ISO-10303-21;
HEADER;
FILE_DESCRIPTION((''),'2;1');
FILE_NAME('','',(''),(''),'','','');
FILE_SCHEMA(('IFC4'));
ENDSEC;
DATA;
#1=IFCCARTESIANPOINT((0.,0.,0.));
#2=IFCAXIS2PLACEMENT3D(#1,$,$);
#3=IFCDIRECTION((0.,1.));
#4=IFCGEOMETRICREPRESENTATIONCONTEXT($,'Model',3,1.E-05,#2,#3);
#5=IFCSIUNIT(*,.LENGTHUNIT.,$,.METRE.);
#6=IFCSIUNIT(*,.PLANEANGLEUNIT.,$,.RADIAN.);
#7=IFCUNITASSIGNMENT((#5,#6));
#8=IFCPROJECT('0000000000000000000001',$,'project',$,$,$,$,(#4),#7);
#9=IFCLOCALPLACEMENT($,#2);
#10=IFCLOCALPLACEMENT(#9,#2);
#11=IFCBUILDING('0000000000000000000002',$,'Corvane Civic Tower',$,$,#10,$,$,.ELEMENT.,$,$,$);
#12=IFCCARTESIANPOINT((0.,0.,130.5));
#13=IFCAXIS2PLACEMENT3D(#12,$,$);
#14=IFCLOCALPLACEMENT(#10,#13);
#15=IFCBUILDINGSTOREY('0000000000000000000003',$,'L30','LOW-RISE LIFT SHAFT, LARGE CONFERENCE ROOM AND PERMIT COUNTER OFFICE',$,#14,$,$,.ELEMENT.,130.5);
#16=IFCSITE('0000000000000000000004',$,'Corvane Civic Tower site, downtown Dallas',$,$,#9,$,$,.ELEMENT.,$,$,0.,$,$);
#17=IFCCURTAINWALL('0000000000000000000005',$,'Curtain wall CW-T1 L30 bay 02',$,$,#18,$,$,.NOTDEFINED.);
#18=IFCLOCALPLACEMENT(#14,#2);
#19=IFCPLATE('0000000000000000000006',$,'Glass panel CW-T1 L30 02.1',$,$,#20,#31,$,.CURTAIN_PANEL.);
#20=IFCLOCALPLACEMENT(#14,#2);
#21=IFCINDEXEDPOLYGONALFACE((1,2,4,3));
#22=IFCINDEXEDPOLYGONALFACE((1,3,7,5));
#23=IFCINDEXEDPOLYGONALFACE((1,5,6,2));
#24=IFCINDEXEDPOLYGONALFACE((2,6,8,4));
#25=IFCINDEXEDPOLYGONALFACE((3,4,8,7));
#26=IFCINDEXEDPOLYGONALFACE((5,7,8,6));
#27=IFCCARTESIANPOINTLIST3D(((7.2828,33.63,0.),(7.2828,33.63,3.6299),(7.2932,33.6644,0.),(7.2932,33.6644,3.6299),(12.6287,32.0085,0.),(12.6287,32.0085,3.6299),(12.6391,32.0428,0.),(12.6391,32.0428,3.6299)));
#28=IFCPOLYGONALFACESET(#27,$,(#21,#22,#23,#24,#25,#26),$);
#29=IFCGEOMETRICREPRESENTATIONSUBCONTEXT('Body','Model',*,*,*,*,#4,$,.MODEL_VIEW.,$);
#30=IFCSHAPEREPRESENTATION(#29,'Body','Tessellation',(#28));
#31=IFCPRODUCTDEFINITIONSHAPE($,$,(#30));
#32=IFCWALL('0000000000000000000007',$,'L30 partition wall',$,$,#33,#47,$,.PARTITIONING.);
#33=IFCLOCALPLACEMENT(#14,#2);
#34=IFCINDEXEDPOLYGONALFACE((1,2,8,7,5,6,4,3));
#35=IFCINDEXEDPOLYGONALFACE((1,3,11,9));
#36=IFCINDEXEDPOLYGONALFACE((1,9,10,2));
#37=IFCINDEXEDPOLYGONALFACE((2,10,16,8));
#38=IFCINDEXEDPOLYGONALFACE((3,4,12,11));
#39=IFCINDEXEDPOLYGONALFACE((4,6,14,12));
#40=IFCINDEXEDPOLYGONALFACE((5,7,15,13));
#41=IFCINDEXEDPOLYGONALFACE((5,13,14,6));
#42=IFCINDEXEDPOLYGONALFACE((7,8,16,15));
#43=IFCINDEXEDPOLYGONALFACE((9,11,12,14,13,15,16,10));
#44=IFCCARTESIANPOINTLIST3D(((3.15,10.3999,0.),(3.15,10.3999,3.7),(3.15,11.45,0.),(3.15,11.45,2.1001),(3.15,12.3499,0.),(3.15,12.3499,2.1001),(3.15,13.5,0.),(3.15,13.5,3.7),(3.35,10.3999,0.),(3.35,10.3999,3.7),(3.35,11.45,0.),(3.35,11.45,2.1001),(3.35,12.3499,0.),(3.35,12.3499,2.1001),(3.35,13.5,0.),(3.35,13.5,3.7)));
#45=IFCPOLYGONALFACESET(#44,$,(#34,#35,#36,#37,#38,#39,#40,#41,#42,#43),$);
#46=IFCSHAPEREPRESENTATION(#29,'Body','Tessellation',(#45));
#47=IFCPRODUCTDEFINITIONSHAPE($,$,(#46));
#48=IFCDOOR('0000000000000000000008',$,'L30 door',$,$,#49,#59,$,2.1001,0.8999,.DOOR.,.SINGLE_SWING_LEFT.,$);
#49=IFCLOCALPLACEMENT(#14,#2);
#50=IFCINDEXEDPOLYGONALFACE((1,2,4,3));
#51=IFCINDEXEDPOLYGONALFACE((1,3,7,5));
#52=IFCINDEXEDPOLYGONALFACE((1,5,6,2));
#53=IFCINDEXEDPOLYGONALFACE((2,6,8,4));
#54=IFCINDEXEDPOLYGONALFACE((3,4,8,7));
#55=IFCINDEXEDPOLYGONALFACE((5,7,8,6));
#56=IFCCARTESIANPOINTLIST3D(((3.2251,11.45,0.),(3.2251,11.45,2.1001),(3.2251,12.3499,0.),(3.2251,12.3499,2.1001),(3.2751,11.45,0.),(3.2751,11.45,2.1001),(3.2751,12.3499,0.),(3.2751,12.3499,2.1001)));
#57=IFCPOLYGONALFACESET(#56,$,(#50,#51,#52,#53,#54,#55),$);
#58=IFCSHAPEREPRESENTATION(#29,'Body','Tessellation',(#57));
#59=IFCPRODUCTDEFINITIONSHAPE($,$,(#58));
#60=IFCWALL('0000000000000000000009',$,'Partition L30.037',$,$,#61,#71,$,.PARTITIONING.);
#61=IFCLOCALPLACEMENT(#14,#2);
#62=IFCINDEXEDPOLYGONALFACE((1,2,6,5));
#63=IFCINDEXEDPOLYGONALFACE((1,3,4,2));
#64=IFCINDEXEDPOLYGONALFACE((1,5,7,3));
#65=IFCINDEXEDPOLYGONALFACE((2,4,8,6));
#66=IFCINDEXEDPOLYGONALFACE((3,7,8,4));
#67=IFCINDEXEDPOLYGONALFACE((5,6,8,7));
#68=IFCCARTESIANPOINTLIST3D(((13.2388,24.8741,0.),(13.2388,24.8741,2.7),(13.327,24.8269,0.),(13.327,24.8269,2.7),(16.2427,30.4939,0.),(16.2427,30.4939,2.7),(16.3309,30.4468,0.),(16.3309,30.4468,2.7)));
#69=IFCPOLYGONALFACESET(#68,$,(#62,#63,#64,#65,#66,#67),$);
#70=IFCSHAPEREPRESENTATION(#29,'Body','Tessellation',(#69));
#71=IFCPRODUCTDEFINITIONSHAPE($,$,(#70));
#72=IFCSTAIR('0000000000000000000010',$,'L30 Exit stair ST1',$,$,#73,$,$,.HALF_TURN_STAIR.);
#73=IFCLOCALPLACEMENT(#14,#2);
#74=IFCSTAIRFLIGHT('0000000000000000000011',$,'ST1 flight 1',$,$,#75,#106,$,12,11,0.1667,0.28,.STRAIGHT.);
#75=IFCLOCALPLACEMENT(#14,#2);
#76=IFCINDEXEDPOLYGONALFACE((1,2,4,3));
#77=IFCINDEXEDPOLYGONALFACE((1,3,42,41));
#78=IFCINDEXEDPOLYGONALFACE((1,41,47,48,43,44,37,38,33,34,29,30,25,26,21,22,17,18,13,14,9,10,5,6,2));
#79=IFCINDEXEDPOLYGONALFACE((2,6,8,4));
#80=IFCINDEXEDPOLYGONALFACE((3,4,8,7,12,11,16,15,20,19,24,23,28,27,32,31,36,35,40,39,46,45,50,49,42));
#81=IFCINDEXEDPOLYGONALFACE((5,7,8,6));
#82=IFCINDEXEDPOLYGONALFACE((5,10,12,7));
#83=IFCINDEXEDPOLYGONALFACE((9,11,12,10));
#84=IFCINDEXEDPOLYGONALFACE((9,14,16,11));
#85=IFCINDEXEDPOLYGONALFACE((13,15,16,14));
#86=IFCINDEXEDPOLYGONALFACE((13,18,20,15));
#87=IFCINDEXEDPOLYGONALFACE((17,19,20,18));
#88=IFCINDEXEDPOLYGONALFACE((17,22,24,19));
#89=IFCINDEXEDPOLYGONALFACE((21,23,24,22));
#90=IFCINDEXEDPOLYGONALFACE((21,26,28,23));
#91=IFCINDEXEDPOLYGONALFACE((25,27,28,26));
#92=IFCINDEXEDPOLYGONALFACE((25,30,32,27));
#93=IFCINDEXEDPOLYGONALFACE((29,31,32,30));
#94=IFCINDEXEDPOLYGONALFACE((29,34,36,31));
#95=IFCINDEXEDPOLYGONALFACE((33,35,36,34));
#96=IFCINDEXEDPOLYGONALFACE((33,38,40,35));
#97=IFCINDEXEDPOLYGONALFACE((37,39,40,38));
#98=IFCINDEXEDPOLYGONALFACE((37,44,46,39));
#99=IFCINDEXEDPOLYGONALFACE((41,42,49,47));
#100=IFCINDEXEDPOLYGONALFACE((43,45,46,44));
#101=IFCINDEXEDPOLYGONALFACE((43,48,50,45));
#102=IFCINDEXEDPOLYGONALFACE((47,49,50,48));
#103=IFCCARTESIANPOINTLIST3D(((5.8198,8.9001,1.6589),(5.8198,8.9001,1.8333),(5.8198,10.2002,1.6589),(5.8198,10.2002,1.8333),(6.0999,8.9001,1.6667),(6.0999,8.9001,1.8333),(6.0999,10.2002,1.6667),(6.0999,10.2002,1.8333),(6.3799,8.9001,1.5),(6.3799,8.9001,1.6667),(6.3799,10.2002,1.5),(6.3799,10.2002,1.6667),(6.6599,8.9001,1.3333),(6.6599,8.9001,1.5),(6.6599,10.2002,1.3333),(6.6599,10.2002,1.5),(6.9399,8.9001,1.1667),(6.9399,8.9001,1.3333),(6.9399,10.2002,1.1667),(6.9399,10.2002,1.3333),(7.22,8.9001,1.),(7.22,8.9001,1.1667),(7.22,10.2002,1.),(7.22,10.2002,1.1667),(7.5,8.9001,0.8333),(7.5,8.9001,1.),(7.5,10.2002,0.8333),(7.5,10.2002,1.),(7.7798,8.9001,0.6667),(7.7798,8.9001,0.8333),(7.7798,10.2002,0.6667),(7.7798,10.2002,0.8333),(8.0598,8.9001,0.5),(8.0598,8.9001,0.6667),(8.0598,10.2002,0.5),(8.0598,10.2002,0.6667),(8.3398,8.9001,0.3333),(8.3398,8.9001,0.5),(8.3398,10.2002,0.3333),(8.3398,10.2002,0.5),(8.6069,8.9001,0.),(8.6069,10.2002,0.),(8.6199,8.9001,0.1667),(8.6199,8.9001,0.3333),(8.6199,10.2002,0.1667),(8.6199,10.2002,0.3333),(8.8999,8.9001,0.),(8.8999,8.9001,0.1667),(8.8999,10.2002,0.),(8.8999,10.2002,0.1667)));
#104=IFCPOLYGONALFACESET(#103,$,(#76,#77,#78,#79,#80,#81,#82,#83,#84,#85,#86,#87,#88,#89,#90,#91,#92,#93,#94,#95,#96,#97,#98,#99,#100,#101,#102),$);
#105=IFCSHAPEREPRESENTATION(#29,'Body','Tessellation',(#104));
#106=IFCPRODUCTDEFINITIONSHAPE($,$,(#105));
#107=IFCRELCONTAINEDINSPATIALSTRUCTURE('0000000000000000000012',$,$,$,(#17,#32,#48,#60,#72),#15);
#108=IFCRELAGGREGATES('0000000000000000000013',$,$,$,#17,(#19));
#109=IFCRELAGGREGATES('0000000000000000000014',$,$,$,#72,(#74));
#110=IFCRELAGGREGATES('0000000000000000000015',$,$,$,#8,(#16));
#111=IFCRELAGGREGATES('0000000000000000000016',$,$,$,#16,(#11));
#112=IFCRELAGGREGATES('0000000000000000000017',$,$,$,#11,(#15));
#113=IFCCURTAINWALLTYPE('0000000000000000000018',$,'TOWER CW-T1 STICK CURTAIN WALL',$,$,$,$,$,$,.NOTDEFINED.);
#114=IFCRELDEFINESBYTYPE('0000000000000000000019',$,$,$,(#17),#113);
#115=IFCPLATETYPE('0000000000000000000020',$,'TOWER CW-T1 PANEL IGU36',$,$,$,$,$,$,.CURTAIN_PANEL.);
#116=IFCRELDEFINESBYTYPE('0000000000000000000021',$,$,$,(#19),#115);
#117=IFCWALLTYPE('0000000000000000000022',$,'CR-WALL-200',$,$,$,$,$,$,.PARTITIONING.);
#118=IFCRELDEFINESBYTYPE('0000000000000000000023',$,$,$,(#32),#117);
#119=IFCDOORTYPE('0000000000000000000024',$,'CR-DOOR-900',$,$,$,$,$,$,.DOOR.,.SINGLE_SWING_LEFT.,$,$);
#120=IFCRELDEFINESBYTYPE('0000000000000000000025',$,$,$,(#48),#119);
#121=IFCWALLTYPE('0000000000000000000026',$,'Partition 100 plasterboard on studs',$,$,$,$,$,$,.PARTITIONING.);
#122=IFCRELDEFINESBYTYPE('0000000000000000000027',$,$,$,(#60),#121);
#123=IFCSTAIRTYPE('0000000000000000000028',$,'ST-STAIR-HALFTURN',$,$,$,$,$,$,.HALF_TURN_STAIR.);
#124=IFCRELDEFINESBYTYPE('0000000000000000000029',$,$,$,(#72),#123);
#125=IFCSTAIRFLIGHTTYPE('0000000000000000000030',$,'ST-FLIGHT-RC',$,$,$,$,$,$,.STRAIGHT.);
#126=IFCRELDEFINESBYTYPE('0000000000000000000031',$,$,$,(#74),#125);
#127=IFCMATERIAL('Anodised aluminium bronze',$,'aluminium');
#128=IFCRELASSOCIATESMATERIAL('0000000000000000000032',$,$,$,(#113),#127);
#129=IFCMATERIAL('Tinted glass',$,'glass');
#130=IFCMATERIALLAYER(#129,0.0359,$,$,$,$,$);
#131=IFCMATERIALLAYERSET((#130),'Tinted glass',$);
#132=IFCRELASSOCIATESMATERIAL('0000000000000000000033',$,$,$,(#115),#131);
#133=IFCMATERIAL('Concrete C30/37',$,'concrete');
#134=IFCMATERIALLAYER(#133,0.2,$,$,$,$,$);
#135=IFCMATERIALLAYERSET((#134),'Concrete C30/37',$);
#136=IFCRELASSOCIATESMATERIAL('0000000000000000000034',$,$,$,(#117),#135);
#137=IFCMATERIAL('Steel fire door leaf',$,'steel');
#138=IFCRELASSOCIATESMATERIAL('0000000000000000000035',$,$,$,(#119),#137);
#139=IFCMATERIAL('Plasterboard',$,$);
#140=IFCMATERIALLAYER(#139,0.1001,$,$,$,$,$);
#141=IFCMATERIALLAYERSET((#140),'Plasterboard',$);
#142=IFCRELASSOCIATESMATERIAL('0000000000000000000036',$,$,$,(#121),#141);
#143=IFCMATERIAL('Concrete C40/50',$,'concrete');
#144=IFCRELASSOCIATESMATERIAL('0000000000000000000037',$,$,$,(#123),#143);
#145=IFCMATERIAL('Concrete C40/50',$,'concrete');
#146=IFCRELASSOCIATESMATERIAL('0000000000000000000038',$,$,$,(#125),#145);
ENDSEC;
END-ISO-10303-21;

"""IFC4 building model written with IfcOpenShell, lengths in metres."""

from ifc_helpers import new_model, si_unit, direction, frame, frame_2d, origin, origin_2d, place, context, subcontext, project, spatial, polyline, rectangle, outline, extrude, material, layer, layer_set, type_object, element, fill, aggregate, save


model = new_model("IFC4")

# Units and contexts
model_context = context("Model", 3, precision=1e-05, world=origin(), true_north=direction((0.0, 1.0)))
body_context = subcontext(model_context, "Body", "Model", "MODEL_VIEW")
ifc_project = project(units=[si_unit("LENGTHUNIT", "METRE"), si_unit("PLANEANGLEUNIT", "RADIAN")], contexts=[model_context])

# Site, building, storey
site_placement = place(None, origin())
site = spatial("IfcSite", under=ifc_project, at=site_placement, Name="Corvane Civic Tower site, downtown Dallas", CompositionType="ELEMENT", RefElevation=0.0)
building_placement = place(site_placement, origin())
building = spatial("IfcBuilding", under=site, at=building_placement, Name="Corvane Civic Tower", CompositionType="ELEMENT")
storey_placement = place(building_placement, frame((0.0, 0.0, 130.5)))
storey = spatial("IfcBuildingStorey", under=building, at=storey_placement, Name="L30", Description="LOW-RISE LIFT SHAFT, LARGE CONFERENCE ROOM AND PERMIT COUNTER OFFICE", CompositionType="ELEMENT", Elevation=130.5)

# Curtain wall
ifc_material_1 = material(Name="Anodised aluminium bronze", Category="aluminium")
curtain_wall_type = type_object("IfcCurtainWallType", Name="TOWER CW-T1 STICK CURTAIN WALL", PredefinedType="NOTDEFINED", material=ifc_material_1)
curtain_wall_1_placement = place(storey_placement, origin())
curtain_wall_1 = element("IfcCurtainWall", 1, at=curtain_wall_1_placement, inside=storey, type_object=curtain_wall_type, Name="Curtain wall CW-T1 L30 bay 02", PredefinedType="NOTDEFINED")

# Plate
ifc_material_2 = material(Name="Tinted glass", Category="glass")
ifc_layer_1 = layer(ifc_material_2, 0.0359)
ifc_layer_set_1 = layer_set([ifc_layer_1], Name="Tinted glass")
plate_type = type_object("IfcPlateType", Name="TOWER CW-T1 PANEL IGU36", PredefinedType="CURTAIN_PANEL", material=ifc_layer_set_1)
plate_1_placement = place(storey_placement, frame((9.9609, 32.8364, 0.0), z_axis=(0.0, 0.0, 1.0), x_axis=(0.956946, -0.290266, 0.0)))
plate_1 = element("IfcPlate", 2, at=plate_1_placement, type_object=plate_type, Name="Glass panel CW-T1 L30 02.1", PredefinedType="CURTAIN_PANEL", context=body_context, shape_type="SweptSolid", body=[
    extrude(rectangle(XDim=5.5864, YDim=0.0359, at=origin_2d()), origin(), (0.0, 0.0, 1.0), 3.6299),
])
aggregate(curtain_wall_1, [plate_1])

# Wall, opening, door
ifc_material_3 = material(Name="Concrete C30/37", Category="concrete")
ifc_layer_2 = layer(ifc_material_3, 0.2)
ifc_layer_set_2 = layer_set([ifc_layer_2], Name="Concrete C30/37")
wall_type_1 = type_object("IfcWallType", Name="CR-WALL-200", PredefinedType="PARTITIONING", material=ifc_layer_set_2)
wall_1_placement = place(storey_placement, frame((3.25, 10.3999, 0.0), z_axis=(0.0, 0.0, 1.0), x_axis=(0.0, 1.0, 0.0)))
wall_1 = element("IfcWall", 3, at=wall_1_placement, inside=storey, type_object=wall_type_1, Name="L30 partition wall", PredefinedType="PARTITIONING", context=body_context, shape_type="SweptSolid", body=[
    extrude(rectangle(XDim=3.1001, YDim=0.2, at=frame_2d((1.55, 0.0))), origin(), (0.0, 0.0, 1.0), 3.7),
])
opening_placement = place(wall_1_placement, frame((1.05, 0.0, 0.0)))
opening = element("IfcOpeningElement", 4, at=opening_placement, cuts=wall_1, PredefinedType="OPENING", context=body_context, shape_type="SweptSolid", body=[
    extrude(rectangle(XDim=0.8999, YDim=2.1001, at=frame_2d((0.45, 1.05))), frame((0.0, 0.1099, 0.0), z_axis=(0.0, -1.0, 0.0), x_axis=(1.0, 0.0, 0.0)), (0.0, 0.0, 1.0), 0.22),
])
ifc_material_4 = material(Name="Steel fire door leaf", Category="steel")
door_type = type_object("IfcDoorType", Name="CR-DOOR-900", OperationType="SINGLE_SWING_LEFT", PredefinedType="DOOR", material=ifc_material_4)
door_placement = place(opening_placement, origin())
door = element("IfcDoor", 5, at=door_placement, inside=storey, type_object=door_type, Name="L30 door", OperationType="SINGLE_SWING_LEFT", OverallHeight=2.1001, OverallWidth=0.8999, PredefinedType="DOOR", context=body_context, shape_type="SweptSolid", body=[
    extrude(rectangle(XDim=0.8999, YDim=2.1001, at=frame_2d((0.45, 1.05))), frame((0.0, 0.0249, 0.0), z_axis=(0.0, -1.0, 0.0), x_axis=(1.0, 0.0, 0.0)), (0.0, 0.0, 1.0), 0.05),
])
fill(opening, door)

# Wall
ifc_material_5 = material(Name="Plasterboard")
ifc_layer_3 = layer(ifc_material_5, 0.1001)
ifc_layer_set_3 = layer_set([ifc_layer_3], Name="Plasterboard")
wall_type_2 = type_object("IfcWallType", Name="Partition 100 plasterboard on studs", PredefinedType="PARTITIONING", material=ifc_layer_set_3)
wall_2_placement = place(storey_placement, frame((13.283, 24.8506, 0.0), z_axis=(0.0, 0.0, 1.0), x_axis=(0.471399, 0.88192, 0.0)))
element("IfcWall", 6, at=wall_2_placement, inside=storey, type_object=wall_type_2, Name="Partition L30.037", PredefinedType="PARTITIONING", context=body_context, shape_type="SweptSolid", body=[
    extrude(rectangle(XDim=6.3723, YDim=0.1001, at=frame_2d((3.186, 0.0))), origin(), (0.0, 0.0, 1.0), 2.7),
])

# Stair, stair flight
ifc_material_6 = material(Name="Concrete C40/50", Category="concrete")
stair_type = type_object("IfcStairType", Name="ST-STAIR-HALFTURN", PredefinedType="HALF_TURN_STAIR", material=ifc_material_6)
stair_placement = place(storey_placement, origin())
stair = element("IfcStair", 7, at=stair_placement, inside=storey, type_object=stair_type, Name="L30 Exit stair ST1", PredefinedType="HALF_TURN_STAIR")
ifc_material_7 = material(Name="Concrete C40/50", Category="concrete")
stair_flight_type = type_object("IfcStairFlightType", Name="ST-FLIGHT-RC", PredefinedType="STRAIGHT", material=ifc_material_7)
stair_flight_placement = place(storey_placement, frame((8.8999, 9.55, 0.0), z_axis=(0.0, 0.0, 1.0), x_axis=(-1.0, 0.0, 0.0)))
stair_flight = element("IfcStairFlight", 8, at=stair_flight_placement, type_object=stair_flight_type, Name="ST1 flight 1", NumberOfRisers=12, NumberOfTreads=11, PredefinedType="STRAIGHT", RiserHeight=0.1667, TreadLength=0.28, context=body_context, shape_type="SweptSolid", body=[
    extrude(outline(polyline([(0.0, 0.0), (0.0, 0.1667), (0.28, 0.1667), (0.28, 0.3333), (0.5601, 0.3333), (0.5601, 0.5), (0.8401, 0.5), (0.8401, 0.6667), (1.1201, 0.6667), (1.1201, 0.8333), (1.3999, 0.8333), (1.3999, 1.0), (1.6799, 1.0), (1.6799, 1.1667), (1.96, 1.1667), (1.96, 1.3333), (2.24, 1.3333), (2.24, 1.5), (2.52, 1.5), (2.52, 1.6667), (2.8, 1.6667), (2.8, 1.8333), (3.0801, 1.8333), (3.0801, 2.0), (3.0801, 1.6589), (0.293, 0.0), (0.0, 0.0)])), frame((0.0, 0.6499, 0.0), z_axis=(0.0, -1.0, 0.0), x_axis=(1.0, 0.0, 0.0)), (0.0, 0.0, 1.0), 1.3),
])
aggregate(stair, [stair_flight])

save(model, "model.ifc")
